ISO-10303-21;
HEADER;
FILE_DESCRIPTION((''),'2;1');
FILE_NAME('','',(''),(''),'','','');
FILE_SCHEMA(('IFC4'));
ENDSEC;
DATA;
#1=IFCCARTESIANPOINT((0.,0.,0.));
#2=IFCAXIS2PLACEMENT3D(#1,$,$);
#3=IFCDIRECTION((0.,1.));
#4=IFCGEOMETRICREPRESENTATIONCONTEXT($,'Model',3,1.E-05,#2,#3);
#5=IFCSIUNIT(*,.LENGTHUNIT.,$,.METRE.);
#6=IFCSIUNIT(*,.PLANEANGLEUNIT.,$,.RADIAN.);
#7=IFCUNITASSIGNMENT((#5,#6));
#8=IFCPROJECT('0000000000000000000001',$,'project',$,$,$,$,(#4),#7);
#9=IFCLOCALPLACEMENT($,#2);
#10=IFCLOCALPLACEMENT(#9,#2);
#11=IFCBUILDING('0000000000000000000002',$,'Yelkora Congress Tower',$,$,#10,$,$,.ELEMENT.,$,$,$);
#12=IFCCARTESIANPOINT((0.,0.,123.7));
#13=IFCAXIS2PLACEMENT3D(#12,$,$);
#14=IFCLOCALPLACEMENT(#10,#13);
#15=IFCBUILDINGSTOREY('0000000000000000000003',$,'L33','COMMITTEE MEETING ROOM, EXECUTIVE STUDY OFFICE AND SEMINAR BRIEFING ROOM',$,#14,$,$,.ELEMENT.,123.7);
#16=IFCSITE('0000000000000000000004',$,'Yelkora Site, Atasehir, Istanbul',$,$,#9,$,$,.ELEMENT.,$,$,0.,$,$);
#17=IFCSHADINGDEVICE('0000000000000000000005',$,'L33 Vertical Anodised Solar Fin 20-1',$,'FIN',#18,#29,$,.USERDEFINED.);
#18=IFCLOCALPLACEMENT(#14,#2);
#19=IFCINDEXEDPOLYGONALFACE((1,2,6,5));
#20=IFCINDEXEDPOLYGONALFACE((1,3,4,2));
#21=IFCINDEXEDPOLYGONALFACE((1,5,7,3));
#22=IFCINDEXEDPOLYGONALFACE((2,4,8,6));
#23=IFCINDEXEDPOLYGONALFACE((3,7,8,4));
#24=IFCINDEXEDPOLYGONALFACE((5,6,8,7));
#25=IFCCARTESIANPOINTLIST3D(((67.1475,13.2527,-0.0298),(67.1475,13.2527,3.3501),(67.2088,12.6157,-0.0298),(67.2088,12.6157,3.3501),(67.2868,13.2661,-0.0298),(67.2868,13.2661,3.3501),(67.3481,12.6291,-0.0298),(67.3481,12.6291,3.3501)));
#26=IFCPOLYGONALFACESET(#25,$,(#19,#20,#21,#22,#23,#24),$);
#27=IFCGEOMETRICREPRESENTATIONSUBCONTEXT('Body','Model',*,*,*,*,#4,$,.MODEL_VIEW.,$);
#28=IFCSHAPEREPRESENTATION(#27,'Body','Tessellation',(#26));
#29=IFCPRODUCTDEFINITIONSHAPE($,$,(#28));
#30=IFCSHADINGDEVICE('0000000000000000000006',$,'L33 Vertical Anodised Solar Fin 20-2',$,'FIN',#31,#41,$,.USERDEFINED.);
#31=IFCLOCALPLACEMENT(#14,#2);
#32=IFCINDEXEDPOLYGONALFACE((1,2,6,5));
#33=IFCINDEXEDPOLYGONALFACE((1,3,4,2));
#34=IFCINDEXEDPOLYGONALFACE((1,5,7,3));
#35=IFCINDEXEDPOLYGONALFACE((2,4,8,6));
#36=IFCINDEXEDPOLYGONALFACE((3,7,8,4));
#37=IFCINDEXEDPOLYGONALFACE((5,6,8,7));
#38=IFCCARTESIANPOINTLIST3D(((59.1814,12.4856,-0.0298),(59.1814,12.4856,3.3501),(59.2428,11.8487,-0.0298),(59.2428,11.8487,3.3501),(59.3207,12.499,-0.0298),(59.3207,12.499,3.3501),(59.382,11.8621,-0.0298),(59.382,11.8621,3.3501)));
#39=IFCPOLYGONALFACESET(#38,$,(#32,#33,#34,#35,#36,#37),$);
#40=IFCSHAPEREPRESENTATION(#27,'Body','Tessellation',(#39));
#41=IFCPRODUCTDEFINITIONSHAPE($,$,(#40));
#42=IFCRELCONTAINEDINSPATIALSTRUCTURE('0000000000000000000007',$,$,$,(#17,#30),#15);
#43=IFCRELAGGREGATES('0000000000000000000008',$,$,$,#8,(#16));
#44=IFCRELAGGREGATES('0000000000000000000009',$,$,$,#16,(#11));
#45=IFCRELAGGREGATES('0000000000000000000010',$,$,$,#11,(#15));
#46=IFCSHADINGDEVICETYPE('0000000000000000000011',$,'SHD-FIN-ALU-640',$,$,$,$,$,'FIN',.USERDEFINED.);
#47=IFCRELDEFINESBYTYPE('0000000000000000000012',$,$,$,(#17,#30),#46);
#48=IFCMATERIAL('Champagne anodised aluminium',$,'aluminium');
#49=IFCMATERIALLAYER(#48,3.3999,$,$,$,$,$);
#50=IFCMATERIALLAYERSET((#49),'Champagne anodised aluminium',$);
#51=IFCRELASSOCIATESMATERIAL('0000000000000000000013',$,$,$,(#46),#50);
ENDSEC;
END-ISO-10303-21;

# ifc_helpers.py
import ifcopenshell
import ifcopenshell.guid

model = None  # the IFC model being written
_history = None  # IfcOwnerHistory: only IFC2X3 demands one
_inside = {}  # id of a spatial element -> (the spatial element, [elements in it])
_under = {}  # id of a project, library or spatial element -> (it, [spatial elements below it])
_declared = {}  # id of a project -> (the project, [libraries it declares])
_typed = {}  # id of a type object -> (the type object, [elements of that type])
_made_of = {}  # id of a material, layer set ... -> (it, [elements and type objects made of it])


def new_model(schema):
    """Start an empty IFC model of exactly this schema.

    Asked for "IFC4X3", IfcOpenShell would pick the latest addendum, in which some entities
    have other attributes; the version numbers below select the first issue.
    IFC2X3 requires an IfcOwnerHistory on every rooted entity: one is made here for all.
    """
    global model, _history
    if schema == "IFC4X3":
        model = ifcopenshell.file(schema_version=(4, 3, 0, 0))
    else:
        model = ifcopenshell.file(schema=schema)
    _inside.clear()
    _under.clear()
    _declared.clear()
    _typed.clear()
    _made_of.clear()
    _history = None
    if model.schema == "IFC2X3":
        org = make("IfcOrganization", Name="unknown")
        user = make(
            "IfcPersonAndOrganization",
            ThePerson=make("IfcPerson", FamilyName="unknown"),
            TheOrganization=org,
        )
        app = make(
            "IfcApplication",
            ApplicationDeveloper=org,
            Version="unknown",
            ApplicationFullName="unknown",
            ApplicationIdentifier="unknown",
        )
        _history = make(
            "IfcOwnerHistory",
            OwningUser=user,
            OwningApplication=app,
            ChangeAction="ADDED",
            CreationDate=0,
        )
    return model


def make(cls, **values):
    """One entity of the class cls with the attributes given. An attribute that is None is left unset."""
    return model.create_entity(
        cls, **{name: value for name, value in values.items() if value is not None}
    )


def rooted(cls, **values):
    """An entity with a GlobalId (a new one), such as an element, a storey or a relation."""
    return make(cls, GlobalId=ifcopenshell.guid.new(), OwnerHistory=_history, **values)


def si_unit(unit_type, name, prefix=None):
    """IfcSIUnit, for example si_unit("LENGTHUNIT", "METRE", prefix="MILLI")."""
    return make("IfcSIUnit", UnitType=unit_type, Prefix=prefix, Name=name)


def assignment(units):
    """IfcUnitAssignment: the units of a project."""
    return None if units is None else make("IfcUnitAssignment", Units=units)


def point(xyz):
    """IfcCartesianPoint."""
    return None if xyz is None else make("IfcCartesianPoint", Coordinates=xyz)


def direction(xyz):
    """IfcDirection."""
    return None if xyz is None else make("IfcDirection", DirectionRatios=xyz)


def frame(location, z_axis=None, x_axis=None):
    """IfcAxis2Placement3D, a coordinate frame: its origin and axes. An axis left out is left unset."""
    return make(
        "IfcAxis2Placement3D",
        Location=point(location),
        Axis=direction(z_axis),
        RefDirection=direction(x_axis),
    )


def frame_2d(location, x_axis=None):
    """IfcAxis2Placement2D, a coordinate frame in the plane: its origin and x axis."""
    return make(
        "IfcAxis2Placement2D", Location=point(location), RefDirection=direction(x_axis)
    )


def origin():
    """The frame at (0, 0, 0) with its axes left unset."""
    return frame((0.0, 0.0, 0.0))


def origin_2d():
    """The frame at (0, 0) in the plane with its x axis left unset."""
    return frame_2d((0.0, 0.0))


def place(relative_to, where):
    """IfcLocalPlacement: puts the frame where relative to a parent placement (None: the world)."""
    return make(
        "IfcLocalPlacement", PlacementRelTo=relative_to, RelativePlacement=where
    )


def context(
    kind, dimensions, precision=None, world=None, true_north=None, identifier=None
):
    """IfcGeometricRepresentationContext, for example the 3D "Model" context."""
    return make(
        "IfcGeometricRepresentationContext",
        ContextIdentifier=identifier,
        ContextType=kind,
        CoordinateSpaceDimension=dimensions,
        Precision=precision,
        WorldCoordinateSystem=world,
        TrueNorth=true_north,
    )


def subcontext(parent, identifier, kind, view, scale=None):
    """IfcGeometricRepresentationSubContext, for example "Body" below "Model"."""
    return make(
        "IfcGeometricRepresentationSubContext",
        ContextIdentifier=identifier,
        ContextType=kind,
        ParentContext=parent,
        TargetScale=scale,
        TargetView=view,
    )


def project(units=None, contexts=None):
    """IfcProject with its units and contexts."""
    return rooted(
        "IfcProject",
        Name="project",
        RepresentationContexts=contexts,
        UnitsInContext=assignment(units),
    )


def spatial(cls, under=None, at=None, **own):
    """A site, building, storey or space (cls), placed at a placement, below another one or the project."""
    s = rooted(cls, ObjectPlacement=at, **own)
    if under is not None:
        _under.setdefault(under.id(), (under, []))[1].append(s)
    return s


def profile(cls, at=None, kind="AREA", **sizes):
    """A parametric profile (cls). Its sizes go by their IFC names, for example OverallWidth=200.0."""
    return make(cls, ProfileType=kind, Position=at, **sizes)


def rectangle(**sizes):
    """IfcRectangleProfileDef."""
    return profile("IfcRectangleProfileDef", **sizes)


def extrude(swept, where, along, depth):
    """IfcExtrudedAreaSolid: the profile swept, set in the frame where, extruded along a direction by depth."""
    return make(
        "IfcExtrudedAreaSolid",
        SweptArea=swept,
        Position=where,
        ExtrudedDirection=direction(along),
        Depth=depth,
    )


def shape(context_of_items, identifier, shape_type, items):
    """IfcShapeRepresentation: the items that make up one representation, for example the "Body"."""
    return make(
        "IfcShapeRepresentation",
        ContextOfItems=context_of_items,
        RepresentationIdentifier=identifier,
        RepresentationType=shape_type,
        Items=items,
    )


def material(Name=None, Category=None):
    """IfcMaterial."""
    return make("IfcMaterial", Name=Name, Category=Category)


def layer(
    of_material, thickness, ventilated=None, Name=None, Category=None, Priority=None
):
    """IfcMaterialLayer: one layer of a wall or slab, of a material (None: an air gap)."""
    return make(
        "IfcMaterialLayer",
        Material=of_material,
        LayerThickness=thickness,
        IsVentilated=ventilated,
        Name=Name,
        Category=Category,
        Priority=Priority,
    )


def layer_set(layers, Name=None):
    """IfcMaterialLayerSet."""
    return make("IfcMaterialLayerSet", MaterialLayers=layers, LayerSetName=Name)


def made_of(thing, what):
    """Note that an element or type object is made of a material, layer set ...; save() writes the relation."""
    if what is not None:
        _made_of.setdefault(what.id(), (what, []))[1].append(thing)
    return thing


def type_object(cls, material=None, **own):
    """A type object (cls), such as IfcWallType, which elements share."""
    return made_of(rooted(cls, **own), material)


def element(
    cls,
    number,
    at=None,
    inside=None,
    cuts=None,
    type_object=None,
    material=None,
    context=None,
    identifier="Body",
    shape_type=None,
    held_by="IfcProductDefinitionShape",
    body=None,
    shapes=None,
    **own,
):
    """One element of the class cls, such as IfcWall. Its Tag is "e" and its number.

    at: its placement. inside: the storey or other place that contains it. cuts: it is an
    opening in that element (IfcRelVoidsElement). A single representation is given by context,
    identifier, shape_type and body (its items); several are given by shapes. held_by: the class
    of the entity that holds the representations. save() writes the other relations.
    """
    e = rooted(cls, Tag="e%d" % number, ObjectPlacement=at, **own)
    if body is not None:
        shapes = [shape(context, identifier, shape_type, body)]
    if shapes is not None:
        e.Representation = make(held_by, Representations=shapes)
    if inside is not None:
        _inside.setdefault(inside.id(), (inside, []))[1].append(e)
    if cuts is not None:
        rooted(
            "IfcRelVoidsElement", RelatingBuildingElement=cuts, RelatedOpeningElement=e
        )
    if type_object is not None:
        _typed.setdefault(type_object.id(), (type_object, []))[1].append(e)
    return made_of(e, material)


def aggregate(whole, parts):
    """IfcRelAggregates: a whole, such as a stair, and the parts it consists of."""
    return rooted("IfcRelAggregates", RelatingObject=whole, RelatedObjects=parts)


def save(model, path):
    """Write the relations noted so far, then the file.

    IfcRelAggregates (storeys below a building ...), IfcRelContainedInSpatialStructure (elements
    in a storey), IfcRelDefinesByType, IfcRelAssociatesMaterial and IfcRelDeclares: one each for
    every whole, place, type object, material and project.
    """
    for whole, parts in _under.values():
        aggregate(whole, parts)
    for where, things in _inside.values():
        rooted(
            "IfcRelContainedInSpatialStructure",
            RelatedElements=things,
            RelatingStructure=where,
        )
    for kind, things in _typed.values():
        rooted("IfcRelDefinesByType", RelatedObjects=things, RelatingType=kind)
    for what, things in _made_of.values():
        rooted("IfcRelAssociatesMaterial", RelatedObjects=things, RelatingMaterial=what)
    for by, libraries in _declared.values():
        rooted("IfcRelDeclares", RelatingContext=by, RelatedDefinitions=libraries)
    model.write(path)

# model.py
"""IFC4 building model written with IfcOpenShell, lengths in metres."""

from ifc_helpers import new_model, si_unit, direction, frame, origin, origin_2d, place, context, subcontext, project, spatial, rectangle, extrude, material, layer, layer_set, type_object, element, save


model = new_model("IFC4")

# Units and contexts
model_context = context("Model", 3, precision=1e-05, world=origin(), true_north=direction((0.0, 1.0)))
body_context = subcontext(model_context, "Body", "Model", "MODEL_VIEW")
ifc_project = project(units=[si_unit("LENGTHUNIT", "METRE"), si_unit("PLANEANGLEUNIT", "RADIAN")], contexts=[model_context])

# Site, building, storey
site_placement = place(None, origin())
site = spatial("IfcSite", under=ifc_project, at=site_placement, Name="Yelkora Site, Atasehir, Istanbul", CompositionType="ELEMENT", RefElevation=0.0)
building_placement = place(site_placement, origin())
building = spatial("IfcBuilding", under=site, at=building_placement, Name="Yelkora Congress Tower", CompositionType="ELEMENT")
storey_placement = place(building_placement, frame((0.0, 0.0, 123.7)))
storey = spatial("IfcBuildingStorey", under=building, at=storey_placement, Name="L33", Description="COMMITTEE MEETING ROOM, EXECUTIVE STUDY OFFICE AND SEMINAR BRIEFING ROOM", CompositionType="ELEMENT", Elevation=123.7)

# Shading devices
ifc_material_1 = material(Name="Champagne anodised aluminium", Category="aluminium")
ifc_layer_1 = layer(ifc_material_1, 3.3999)
ifc_layer_set_1 = layer_set([ifc_layer_1], Name="Champagne anodised aluminium")
shading_device_type = type_object("IfcShadingDeviceType", Name="SHD-FIN-ALU-640", ElementType="FIN", PredefinedType="USERDEFINED", material=ifc_layer_set_1)
for number, where, z_axis, x_axis, name in (
    (1, (67.2478, 12.9409, -0.0298), (0.0, 0.0, 1.0), (-0.995396, -0.095846, 0.0), "L33 Vertical Anodised Solar Fin 20-1"),
    (2, (59.2817, 12.1738, -0.0298), (0.0, 0.0, 1.0), (-0.995396, -0.095846, 0.0), "L33 Vertical Anodised Solar Fin 20-2"),
):
    element("IfcShadingDevice", number, at=place(storey_placement, frame(where, z_axis=z_axis, x_axis=x_axis)), inside=storey, type_object=shading_device_type, Name=name, ObjectType="FIN", PredefinedType="USERDEFINED", context=body_context, shape_type="SweptSolid", body=[
        extrude(rectangle(XDim=0.1399, YDim=0.6399, at=origin_2d()), origin(), (0.0, 0.0, 1.0), 3.3799),
    ])

save(model, "model.ifc")
